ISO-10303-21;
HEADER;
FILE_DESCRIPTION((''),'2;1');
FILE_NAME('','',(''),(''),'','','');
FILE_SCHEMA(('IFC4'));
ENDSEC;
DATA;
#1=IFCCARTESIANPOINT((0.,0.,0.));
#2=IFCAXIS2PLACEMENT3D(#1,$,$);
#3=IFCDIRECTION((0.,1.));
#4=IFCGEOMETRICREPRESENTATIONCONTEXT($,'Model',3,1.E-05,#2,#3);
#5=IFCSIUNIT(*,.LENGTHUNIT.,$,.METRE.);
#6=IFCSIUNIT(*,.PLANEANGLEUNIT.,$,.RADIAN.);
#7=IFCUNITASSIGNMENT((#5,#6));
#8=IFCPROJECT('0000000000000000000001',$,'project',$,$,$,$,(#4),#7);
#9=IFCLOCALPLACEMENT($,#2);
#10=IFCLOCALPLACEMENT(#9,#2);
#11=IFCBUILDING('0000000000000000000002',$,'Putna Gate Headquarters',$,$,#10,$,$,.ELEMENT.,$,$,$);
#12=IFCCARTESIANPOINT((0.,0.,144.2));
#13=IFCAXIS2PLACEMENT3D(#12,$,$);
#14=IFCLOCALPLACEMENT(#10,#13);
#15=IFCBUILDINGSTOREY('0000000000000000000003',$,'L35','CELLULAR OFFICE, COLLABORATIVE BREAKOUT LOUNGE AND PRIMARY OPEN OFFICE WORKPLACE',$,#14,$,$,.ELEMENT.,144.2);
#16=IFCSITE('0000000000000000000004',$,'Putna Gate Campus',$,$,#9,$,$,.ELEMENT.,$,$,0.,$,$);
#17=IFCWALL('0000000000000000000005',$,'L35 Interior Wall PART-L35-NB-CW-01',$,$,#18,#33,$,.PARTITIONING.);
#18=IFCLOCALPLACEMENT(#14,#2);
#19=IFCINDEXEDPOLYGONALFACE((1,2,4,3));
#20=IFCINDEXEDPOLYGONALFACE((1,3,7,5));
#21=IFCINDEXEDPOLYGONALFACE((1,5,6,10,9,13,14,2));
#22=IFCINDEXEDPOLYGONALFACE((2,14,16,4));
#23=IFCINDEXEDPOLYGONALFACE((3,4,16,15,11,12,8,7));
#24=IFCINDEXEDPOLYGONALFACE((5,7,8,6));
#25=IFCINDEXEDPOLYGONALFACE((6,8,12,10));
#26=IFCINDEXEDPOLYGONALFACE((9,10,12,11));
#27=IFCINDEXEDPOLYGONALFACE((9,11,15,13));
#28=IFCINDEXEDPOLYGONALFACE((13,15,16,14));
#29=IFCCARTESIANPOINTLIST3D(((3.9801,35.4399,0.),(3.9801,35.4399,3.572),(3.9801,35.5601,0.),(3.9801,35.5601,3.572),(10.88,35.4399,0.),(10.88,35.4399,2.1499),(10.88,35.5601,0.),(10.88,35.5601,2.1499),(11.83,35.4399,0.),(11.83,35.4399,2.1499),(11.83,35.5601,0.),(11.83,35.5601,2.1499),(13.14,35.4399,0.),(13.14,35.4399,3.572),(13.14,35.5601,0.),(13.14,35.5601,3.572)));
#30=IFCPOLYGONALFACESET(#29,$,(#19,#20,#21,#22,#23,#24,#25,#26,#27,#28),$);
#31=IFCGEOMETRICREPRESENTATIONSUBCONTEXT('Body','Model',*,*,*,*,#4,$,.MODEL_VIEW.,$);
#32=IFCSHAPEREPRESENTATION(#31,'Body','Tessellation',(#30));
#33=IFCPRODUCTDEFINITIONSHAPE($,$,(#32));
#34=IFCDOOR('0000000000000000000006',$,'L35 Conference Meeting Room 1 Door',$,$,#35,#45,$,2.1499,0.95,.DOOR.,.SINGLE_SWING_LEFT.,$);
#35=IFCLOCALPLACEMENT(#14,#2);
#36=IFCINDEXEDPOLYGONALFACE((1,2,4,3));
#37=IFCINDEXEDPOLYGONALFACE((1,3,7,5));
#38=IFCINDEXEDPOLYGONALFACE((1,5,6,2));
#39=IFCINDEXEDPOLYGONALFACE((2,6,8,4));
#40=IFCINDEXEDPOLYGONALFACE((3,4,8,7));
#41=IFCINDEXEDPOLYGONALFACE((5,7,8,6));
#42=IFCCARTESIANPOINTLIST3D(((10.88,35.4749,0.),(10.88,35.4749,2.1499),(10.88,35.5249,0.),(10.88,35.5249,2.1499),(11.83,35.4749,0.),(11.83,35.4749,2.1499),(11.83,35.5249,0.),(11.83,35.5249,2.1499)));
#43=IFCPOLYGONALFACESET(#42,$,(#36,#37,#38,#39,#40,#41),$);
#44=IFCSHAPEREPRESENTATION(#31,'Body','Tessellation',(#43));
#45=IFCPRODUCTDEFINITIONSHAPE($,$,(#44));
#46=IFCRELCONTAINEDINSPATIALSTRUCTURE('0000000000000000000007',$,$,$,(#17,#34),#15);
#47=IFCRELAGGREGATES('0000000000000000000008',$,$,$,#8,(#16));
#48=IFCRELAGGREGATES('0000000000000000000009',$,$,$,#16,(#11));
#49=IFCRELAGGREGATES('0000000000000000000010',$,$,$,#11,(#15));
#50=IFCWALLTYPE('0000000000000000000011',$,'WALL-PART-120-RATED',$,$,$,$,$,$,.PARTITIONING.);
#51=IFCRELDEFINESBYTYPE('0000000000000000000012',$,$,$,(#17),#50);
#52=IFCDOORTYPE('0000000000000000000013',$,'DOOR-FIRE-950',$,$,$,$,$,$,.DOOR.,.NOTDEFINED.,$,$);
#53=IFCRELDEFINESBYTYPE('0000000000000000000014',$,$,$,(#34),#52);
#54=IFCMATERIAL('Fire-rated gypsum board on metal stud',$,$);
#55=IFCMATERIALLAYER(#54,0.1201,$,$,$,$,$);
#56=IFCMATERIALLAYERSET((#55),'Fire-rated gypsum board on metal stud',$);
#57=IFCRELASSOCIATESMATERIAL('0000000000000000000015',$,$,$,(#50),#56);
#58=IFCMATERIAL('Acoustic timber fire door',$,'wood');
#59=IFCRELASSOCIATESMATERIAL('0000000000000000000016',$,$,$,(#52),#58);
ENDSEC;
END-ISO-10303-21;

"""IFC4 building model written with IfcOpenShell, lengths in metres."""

from ifc_helpers import new_model, si_unit, direction, frame, frame_2d, origin, place, context, subcontext, project, spatial, rectangle, extrude, material, layer, layer_set, type_object, element, fill, save


model = new_model("IFC4")

# Units and contexts
model_context = context("Model", 3, precision=1e-05, world=origin(), true_north=direction((0.0, 1.0)))
body_context = subcontext(model_context, "Body", "Model", "MODEL_VIEW")
ifc_project = project(units=[si_unit("LENGTHUNIT", "METRE"), si_unit("PLANEANGLEUNIT", "RADIAN")], contexts=[model_context])

# Site, building, storey
site_placement = place(None, origin())
site = spatial("IfcSite", under=ifc_project, at=site_placement, Name="Putna Gate Campus", CompositionType="ELEMENT", RefElevation=0.0)
building_placement = place(site_placement, origin())
building = spatial("IfcBuilding", under=site, at=building_placement, Name="Putna Gate Headquarters", CompositionType="ELEMENT")
storey_placement = place(building_placement, frame((0.0, 0.0, 144.2)))
storey = spatial("IfcBuildingStorey", under=building, at=storey_placement, Name="L35", Description="CELLULAR OFFICE, COLLABORATIVE BREAKOUT LOUNGE AND PRIMARY OPEN OFFICE WORKPLACE", CompositionType="ELEMENT", Elevation=144.2)

# Wall, opening, door
ifc_material_1 = material(Name="Fire-rated gypsum board on metal stud")
ifc_layer_1 = layer(ifc_material_1, 0.1201)
ifc_layer_set_1 = layer_set([ifc_layer_1], Name="Fire-rated gypsum board on metal stud")
wall_type_1 = type_object("IfcWallType", Name="WALL-PART-120-RATED", PredefinedType="PARTITIONING", material=ifc_layer_set_1)
wall_1_placement = place(storey_placement, frame((3.98, 35.5, 0.0), z_axis=(0.0, 0.0, 1.0), x_axis=(1.0, 0.0, 0.0)))
wall_1 = element("IfcWall", 1, at=wall_1_placement, inside=storey, type_object=wall_type_1, Name="L35 Interior Wall PART-L35-NB-CW-01", PredefinedType="PARTITIONING", context=body_context, shape_type="SweptSolid", body=[
    extrude(rectangle(XDim=9.1599, YDim=0.1201, at=frame_2d((4.5801, 0.0))), origin(), (0.0, 0.0, 1.0), 3.572),
])
opening_placement = place(wall_1_placement, frame((6.8999, 0.0, 0.0)))
opening = element("IfcOpeningElement", 2, at=opening_placement, cuts=wall_1, PredefinedType="OPENING", context=body_context, shape_type="SweptSolid", body=[
    extrude(rectangle(XDim=0.95, YDim=2.1499, at=frame_2d((0.4751, 1.075))), frame((0.0, 0.0701, 0.0), z_axis=(0.0, -1.0, 0.0), x_axis=(1.0, 0.0, 0.0)), (0.0, 0.0, 1.0), 0.1401),
])
ifc_material_2 = material(Name="Acoustic timber fire door", Category="wood")
door_type = type_object("IfcDoorType", Name="DOOR-FIRE-950", OperationType="NOTDEFINED", PredefinedType="DOOR", material=ifc_material_2)
door_placement = place(opening_placement, origin())
door = element("IfcDoor", 3, at=door_placement, inside=storey, type_object=door_type, Name="L35 Conference Meeting Room 1 Door", OperationType="SINGLE_SWING_LEFT", OverallHeight=2.1499, OverallWidth=0.95, PredefinedType="DOOR", context=body_context, shape_type="SweptSolid", body=[
    extrude(rectangle(XDim=0.95, YDim=2.1499, at=frame_2d((0.4751, 1.075))), frame((0.0, 0.0249, 0.0), z_axis=(0.0, -1.0, 0.0), x_axis=(1.0, 0.0, 0.0)), (0.0, 0.0, 1.0), 0.05),
])
fill(opening, door)

save(model, "model.ifc")
